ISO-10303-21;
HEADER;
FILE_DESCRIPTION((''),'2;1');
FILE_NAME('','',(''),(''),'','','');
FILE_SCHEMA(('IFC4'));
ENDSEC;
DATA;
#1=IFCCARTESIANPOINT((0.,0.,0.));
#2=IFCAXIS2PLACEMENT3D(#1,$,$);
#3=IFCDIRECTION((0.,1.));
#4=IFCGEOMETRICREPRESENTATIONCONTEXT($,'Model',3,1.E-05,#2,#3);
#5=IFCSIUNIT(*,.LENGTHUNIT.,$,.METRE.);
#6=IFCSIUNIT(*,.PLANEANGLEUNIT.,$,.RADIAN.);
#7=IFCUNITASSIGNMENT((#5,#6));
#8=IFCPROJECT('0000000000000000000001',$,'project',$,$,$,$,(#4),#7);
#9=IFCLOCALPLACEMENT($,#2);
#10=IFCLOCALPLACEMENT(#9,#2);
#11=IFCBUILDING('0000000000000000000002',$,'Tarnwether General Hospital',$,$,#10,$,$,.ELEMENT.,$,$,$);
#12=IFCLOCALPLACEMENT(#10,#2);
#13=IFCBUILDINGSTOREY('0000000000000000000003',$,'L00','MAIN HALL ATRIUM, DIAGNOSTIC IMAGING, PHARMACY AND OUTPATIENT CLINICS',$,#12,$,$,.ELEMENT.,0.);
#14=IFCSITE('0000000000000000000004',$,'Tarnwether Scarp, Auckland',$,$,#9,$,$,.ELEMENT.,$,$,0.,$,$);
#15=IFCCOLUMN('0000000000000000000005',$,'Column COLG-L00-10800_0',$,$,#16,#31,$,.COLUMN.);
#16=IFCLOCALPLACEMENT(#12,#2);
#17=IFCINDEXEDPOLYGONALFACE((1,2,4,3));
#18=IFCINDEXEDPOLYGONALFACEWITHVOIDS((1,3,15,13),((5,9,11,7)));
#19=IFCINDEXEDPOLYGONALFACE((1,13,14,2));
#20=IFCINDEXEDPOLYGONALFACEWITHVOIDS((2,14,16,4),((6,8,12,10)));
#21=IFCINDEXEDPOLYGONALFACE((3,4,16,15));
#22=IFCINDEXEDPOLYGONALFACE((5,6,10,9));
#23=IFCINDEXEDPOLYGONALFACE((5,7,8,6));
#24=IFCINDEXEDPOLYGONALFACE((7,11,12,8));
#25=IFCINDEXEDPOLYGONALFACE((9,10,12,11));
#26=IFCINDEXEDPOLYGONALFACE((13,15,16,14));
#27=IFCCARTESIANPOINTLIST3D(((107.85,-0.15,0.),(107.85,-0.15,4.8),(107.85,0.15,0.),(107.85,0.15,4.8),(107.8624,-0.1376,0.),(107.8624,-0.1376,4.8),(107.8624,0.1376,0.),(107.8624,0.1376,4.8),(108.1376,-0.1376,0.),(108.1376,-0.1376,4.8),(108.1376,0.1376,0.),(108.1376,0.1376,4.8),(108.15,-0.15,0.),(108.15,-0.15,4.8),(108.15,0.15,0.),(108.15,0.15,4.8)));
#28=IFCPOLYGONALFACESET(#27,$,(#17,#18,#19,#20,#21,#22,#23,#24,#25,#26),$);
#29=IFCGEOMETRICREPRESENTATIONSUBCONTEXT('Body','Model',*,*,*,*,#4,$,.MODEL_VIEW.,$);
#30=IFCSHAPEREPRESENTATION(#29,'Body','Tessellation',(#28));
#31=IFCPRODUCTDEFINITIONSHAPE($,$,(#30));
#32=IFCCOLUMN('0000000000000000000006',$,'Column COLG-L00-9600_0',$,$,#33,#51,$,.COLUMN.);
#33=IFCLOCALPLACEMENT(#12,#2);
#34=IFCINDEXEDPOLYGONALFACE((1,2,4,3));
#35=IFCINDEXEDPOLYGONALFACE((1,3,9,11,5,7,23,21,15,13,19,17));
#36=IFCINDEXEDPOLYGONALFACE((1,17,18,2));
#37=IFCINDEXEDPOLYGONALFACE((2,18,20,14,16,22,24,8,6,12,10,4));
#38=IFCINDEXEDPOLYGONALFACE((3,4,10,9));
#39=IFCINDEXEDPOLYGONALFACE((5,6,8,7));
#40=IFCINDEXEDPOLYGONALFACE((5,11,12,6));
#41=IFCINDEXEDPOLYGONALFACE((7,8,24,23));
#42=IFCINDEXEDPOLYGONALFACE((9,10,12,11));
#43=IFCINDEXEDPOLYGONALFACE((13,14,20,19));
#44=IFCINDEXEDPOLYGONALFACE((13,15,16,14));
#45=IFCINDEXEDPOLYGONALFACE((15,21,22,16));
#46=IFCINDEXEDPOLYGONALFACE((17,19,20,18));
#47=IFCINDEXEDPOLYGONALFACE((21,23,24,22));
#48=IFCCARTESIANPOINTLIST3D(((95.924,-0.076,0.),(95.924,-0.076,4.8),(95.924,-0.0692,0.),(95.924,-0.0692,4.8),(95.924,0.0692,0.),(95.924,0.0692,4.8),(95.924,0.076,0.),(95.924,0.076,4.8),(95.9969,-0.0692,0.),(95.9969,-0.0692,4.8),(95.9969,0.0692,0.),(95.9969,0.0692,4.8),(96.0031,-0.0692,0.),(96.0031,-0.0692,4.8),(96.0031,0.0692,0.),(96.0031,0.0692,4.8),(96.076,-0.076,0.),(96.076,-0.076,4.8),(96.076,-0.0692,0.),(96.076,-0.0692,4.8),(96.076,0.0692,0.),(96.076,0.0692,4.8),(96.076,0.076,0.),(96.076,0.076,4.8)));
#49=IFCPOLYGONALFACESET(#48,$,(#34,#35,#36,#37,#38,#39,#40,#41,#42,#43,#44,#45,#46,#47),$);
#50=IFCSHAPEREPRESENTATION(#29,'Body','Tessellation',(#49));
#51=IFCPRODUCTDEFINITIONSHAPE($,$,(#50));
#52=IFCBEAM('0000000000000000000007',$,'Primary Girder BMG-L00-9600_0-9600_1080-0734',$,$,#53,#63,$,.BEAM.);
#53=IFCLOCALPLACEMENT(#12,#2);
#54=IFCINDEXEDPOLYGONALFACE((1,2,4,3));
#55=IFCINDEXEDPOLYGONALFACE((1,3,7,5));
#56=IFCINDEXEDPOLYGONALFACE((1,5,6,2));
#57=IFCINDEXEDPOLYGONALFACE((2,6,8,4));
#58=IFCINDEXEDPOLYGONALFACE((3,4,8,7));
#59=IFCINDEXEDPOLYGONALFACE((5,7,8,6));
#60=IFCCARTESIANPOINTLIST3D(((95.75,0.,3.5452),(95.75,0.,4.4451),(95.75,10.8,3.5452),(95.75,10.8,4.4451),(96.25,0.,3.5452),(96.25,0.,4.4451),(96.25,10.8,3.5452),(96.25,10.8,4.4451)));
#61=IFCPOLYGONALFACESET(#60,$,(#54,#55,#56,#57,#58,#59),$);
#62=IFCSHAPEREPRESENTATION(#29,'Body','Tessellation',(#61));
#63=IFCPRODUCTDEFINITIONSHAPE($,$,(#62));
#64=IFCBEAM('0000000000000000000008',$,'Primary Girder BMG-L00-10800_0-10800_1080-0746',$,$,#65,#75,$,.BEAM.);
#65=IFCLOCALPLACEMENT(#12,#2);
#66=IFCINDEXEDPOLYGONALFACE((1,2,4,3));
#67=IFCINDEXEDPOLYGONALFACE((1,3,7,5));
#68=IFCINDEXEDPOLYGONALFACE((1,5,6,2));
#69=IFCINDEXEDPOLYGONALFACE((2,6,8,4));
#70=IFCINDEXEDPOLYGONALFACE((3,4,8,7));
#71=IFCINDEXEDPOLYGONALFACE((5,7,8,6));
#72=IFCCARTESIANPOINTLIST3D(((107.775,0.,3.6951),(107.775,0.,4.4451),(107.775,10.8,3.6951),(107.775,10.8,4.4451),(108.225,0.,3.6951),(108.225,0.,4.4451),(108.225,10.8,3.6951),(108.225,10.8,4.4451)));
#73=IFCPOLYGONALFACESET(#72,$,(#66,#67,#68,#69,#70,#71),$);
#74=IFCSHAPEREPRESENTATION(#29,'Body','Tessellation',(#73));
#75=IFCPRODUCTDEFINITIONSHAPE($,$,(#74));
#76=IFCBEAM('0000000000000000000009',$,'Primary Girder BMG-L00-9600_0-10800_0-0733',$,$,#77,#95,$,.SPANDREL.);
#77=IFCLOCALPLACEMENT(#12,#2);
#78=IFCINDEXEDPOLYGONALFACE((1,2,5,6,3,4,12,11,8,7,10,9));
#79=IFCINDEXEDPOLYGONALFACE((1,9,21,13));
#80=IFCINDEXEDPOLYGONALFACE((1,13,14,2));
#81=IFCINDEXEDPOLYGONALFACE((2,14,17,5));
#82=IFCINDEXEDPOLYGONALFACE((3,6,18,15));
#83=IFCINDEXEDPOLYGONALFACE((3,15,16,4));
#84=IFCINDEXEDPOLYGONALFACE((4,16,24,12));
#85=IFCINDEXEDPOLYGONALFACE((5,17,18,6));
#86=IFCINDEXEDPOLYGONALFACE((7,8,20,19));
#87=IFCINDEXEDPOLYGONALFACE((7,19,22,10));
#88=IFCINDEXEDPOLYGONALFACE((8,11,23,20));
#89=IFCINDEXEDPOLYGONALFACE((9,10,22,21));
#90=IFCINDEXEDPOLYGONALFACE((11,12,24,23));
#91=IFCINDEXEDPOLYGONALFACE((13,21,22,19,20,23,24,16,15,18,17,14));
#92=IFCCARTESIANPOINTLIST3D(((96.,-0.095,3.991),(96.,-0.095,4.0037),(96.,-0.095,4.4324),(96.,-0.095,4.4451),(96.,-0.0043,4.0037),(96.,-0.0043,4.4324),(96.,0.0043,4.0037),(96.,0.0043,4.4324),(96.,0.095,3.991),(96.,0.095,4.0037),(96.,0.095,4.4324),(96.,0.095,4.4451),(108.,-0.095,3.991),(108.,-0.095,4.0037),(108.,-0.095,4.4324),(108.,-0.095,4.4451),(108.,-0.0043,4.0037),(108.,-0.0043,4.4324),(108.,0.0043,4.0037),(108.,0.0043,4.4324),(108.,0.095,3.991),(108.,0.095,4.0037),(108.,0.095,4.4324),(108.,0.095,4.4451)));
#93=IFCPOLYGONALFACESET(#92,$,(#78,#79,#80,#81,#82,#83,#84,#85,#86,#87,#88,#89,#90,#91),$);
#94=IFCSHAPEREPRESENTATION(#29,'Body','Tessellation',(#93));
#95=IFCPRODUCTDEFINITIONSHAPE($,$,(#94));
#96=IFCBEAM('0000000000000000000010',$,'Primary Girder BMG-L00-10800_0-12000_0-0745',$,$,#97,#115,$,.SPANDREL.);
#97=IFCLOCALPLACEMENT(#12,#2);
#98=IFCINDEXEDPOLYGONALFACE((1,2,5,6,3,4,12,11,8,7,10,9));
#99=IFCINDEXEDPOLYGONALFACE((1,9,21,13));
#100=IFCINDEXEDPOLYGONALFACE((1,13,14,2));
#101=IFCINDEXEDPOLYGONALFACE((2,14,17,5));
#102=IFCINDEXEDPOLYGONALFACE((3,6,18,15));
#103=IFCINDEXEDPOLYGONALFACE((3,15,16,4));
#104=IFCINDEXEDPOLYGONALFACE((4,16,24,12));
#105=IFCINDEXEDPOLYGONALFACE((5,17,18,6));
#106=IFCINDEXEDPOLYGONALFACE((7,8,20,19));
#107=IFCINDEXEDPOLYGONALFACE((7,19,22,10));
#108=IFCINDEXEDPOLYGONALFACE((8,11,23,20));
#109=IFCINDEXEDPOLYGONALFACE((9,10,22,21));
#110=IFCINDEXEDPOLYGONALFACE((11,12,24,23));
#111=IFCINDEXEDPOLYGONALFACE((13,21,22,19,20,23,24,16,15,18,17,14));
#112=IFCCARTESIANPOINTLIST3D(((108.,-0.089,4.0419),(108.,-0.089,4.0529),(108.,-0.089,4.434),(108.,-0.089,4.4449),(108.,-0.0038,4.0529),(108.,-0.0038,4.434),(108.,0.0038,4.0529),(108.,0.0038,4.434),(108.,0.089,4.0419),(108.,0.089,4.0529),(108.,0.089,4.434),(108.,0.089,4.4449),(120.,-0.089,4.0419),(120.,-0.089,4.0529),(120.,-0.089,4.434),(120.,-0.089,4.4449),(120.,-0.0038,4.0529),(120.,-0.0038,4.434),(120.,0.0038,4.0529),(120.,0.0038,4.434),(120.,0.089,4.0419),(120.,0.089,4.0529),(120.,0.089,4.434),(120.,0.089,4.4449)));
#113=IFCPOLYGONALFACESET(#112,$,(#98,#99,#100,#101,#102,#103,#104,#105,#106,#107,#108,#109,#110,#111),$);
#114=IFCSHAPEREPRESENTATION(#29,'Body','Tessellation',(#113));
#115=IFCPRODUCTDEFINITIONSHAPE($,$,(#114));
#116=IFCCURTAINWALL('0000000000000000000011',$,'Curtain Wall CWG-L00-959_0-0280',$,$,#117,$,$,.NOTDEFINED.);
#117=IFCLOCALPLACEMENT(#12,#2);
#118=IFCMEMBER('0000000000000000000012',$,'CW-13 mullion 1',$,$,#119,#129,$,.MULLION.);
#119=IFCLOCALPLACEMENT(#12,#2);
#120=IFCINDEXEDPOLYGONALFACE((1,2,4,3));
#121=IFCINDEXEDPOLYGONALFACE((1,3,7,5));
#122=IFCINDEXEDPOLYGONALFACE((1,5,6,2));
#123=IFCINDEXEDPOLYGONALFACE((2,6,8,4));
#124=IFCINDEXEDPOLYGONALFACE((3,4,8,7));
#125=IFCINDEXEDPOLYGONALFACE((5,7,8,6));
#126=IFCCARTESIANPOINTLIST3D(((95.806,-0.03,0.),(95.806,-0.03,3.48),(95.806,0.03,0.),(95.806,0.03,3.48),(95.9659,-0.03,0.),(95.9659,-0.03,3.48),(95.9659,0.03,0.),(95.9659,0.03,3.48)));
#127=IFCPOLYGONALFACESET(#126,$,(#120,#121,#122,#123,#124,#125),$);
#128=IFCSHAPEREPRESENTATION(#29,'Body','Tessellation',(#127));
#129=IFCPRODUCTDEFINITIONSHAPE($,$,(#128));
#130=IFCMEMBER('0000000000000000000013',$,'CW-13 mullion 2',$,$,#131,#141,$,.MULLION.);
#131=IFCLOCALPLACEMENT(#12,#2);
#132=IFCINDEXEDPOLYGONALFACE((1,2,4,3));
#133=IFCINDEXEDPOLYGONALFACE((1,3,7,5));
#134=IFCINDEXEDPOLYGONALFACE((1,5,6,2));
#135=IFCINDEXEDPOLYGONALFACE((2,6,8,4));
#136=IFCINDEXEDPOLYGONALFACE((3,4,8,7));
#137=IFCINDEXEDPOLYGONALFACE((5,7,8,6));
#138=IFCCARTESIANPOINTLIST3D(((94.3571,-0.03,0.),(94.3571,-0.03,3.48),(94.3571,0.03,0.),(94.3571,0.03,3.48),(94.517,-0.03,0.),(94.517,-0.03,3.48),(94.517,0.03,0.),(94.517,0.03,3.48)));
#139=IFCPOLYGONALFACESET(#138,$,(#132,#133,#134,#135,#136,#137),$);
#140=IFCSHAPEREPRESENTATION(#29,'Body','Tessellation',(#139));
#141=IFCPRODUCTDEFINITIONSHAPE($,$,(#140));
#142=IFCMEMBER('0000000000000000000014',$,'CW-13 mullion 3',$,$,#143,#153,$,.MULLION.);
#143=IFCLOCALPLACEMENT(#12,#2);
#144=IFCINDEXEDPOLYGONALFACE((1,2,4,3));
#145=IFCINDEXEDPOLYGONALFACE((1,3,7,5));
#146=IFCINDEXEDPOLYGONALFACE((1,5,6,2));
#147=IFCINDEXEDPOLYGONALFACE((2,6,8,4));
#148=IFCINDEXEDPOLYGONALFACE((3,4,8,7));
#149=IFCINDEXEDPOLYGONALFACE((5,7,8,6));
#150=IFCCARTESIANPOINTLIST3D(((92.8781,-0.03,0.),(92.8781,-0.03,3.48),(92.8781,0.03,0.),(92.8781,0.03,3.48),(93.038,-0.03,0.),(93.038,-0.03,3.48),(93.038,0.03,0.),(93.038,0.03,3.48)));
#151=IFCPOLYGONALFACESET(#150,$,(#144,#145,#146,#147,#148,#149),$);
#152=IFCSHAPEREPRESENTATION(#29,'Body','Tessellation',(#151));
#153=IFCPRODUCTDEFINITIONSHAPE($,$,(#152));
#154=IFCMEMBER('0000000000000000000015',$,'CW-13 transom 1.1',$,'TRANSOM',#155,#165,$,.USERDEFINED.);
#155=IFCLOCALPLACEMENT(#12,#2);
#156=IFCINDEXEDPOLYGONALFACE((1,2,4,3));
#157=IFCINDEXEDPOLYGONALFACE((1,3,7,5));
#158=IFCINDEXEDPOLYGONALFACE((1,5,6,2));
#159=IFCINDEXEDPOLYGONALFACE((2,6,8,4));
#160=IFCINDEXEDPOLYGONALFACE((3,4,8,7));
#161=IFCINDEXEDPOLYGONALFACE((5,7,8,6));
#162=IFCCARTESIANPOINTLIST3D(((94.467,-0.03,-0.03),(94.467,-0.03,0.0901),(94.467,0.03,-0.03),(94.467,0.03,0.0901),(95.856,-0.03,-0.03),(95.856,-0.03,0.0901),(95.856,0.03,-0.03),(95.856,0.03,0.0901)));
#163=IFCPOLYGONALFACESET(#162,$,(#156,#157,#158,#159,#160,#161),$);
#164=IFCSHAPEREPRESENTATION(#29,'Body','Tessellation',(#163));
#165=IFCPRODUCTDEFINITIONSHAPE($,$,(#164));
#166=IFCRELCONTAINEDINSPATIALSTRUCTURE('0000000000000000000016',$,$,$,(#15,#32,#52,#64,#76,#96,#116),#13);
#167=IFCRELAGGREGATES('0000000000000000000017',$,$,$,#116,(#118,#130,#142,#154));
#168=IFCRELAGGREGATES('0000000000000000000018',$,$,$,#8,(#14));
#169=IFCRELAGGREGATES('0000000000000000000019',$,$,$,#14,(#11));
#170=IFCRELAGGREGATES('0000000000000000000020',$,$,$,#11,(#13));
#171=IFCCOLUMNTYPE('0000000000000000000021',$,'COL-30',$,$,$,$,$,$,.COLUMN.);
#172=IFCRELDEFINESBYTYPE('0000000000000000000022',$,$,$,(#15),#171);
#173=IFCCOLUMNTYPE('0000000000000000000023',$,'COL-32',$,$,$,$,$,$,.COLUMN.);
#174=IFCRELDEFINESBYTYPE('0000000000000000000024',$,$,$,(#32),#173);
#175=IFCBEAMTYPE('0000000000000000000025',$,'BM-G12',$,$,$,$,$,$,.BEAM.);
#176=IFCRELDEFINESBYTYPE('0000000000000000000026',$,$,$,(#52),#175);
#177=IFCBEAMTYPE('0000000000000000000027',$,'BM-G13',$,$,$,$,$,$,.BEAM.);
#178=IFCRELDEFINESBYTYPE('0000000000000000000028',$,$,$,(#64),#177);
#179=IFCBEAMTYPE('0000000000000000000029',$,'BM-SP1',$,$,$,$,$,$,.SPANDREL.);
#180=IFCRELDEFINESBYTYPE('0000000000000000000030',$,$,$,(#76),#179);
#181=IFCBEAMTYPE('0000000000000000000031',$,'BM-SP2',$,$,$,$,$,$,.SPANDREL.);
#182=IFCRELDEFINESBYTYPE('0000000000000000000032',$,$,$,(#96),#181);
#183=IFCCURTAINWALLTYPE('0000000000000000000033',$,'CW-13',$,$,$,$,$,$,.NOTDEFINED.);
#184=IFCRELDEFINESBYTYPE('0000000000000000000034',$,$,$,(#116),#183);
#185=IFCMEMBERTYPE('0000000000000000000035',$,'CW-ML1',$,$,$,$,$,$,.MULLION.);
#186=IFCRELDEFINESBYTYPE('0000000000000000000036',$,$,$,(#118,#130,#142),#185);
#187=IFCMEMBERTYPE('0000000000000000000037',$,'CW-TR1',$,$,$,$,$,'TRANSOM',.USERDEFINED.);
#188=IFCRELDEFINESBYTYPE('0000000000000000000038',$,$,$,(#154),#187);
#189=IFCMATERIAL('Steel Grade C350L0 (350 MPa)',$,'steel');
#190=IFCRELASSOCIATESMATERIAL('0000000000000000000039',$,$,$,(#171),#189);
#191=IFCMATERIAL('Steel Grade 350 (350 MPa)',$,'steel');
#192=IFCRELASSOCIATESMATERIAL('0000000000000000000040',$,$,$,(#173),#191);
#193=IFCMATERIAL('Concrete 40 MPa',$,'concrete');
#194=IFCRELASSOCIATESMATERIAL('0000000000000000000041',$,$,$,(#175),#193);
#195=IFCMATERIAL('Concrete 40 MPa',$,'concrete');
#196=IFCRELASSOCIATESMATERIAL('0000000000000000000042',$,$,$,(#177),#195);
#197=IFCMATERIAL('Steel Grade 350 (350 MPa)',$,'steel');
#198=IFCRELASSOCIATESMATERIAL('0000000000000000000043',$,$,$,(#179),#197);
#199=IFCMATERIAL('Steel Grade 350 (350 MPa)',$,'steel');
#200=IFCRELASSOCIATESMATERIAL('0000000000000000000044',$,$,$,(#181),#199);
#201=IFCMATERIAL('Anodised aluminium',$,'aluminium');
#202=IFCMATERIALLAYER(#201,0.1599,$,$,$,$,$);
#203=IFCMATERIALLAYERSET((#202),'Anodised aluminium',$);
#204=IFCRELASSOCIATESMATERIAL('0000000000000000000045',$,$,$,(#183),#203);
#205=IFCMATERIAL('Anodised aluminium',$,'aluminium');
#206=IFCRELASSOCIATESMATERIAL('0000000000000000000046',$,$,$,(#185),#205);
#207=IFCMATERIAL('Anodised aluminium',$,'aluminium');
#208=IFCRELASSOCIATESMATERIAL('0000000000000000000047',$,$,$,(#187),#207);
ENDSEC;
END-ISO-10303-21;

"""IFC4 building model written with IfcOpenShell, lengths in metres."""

from ifc_helpers import new_model, si_unit, direction, frame, origin, origin_2d, place, context, subcontext, project, spatial, rectangle, hollow_rectangle, i_section, extrude, material, layer, layer_set, material_profile, profile_set, type_object, element, aggregate, save


model = new_model("IFC4")

# Units and contexts
model_context = context("Model", 3, precision=1e-05, world=origin(), true_north=direction((0.0, 1.0)))
body_context = subcontext(model_context, "Body", "Model", "MODEL_VIEW")
ifc_project = project(units=[si_unit("LENGTHUNIT", "METRE"), si_unit("PLANEANGLEUNIT", "RADIAN")], contexts=[model_context])

# Site, building, storey
site_placement = place(None, origin())
site = spatial("IfcSite", under=ifc_project, at=site_placement, Name="Tarnwether Scarp, Auckland", CompositionType="ELEMENT", RefElevation=0.0)
building_placement = place(site_placement, origin())
building = spatial("IfcBuilding", under=site, at=building_placement, Name="Tarnwether General Hospital", CompositionType="ELEMENT")
storey_placement = place(building_placement, origin())
storey = spatial("IfcBuildingStorey", under=building, at=storey_placement, Name="L00", Description="MAIN HALL ATRIUM, DIAGNOSTIC IMAGING, PHARMACY AND OUTPATIENT CLINICS", CompositionType="ELEMENT", Elevation=0.0)

# Columns
ifc_material_1 = material(Name="Steel Grade C350L0 (350 MPa)", Category="steel")
ifc_material_profile_1 = material_profile(ifc_material_1, hollow_rectangle(XDim=0.3, YDim=0.3, WallThickness=0.0125, at=origin_2d()), Name="SHS300x300x12.5")
ifc_profile_set_1 = profile_set([ifc_material_profile_1], Name="Steel Grade C350L0 (350 MPa)")
column_type_1 = type_object("IfcColumnType", Name="COL-30", PredefinedType="COLUMN", material=ifc_profile_set_1)
column_1_placement = place(storey_placement, frame((108.0, 0.0, 0.0), z_axis=(0.0, 0.0, 1.0), x_axis=(0.0, 1.0, 0.0)))
element("IfcColumn", 1, at=column_1_placement, inside=storey, type_object=column_type_1, Name="Column COLG-L00-10800_0", PredefinedType="COLUMN", context=body_context, shape_type="SweptSolid", body=[
    extrude(hollow_rectangle(XDim=0.3, YDim=0.3, WallThickness=0.0125, at=origin_2d()), origin(), (0.0, 0.0, 1.0), 4.8),
])
ifc_material_2 = material(Name="Steel Grade 350 (350 MPa)", Category="steel")
ifc_material_profile_2 = material_profile(ifc_material_2, i_section(OverallWidth=0.1521, OverallDepth=0.1521, WebThickness=0.0061, FlangeThickness=0.0068, at=origin_2d()), Name="150UC23.4")
ifc_profile_set_2 = profile_set([ifc_material_profile_2], Name="Steel Grade 350 (350 MPa)")
column_type_2 = type_object("IfcColumnType", Name="COL-32", PredefinedType="COLUMN", material=ifc_profile_set_2)
column_2_placement = place(storey_placement, frame((96.0, 0.0, 0.0), z_axis=(0.0, 0.0, 1.0), x_axis=(1.0, 0.0, 0.0)))
element("IfcColumn", 2, at=column_2_placement, inside=storey, type_object=column_type_2, Name="Column COLG-L00-9600_0", PredefinedType="COLUMN", context=body_context, shape_type="SweptSolid", body=[
    extrude(i_section(OverallWidth=0.1521, OverallDepth=0.1521, WebThickness=0.0061, FlangeThickness=0.0068, at=origin_2d()), origin(), (0.0, 0.0, 1.0), 4.8),
])

# Beams
ifc_material_3 = material(Name="Concrete 40 MPa", Category="concrete")
ifc_material_profile_3 = material_profile(ifc_material_3, rectangle(XDim=0.5, YDim=0.8999, at=origin_2d()), Name="RC-BM-500x900")
ifc_profile_set_3 = profile_set([ifc_material_profile_3], Name="Concrete 40 MPa")
beam_type_1 = type_object("IfcBeamType", Name="BM-G12", PredefinedType="BEAM", material=ifc_profile_set_3)
beam_1_placement = place(storey_placement, frame((96.0, 0.0, 3.9951), z_axis=(0.0, 1.0, 0.0), x_axis=(-1.0, 0.0, 0.0)))
element("IfcBeam", 3, at=beam_1_placement, inside=storey, type_object=beam_type_1, Name="Primary Girder BMG-L00-9600_0-9600_1080-0734", PredefinedType="BEAM", context=body_context, shape_type="SweptSolid", body=[
    extrude(rectangle(XDim=0.5, YDim=0.8999, at=origin_2d()), origin(), (0.0, 0.0, 1.0), 10.8),
])
ifc_material_4 = material(Name="Concrete 40 MPa", Category="concrete")
ifc_material_profile_4 = material_profile(ifc_material_4, rectangle(XDim=0.45, YDim=0.75, at=origin_2d()), Name="RC-BM-450x750")
ifc_profile_set_4 = profile_set([ifc_material_profile_4], Name="Concrete 40 MPa")
beam_type_2 = type_object("IfcBeamType", Name="BM-G13", PredefinedType="BEAM", material=ifc_profile_set_4)
beam_2_placement = place(storey_placement, frame((108.0, 0.0, 4.0701), z_axis=(0.0, 1.0, 0.0), x_axis=(-1.0, 0.0, 0.0)))
element("IfcBeam", 4, at=beam_2_placement, inside=storey, type_object=beam_type_2, Name="Primary Girder BMG-L00-10800_0-10800_1080-0746", PredefinedType="BEAM", context=body_context, shape_type="SweptSolid", body=[
    extrude(rectangle(XDim=0.45, YDim=0.75, at=origin_2d()), origin(), (0.0, 0.0, 1.0), 10.8),
])
ifc_material_5 = material(Name="Steel Grade 350 (350 MPa)", Category="steel")
ifc_material_profile_5 = material_profile(ifc_material_5, i_section(OverallWidth=0.1899, OverallDepth=0.4541, WebThickness=0.0085, FlangeThickness=0.0127, at=origin_2d()), Name="460UB67.1")
ifc_profile_set_5 = profile_set([ifc_material_profile_5], Name="Steel Grade 350 (350 MPa)")
beam_type_3 = type_object("IfcBeamType", Name="BM-SP1", PredefinedType="SPANDREL", material=ifc_profile_set_5)
beam_3_placement = place(storey_placement, frame((96.0, 0.0, 4.218), z_axis=(1.0, 0.0, 0.0), x_axis=(0.0, 1.0, 0.0)))
element("IfcBeam", 5, at=beam_3_placement, inside=storey, type_object=beam_type_3, Name="Primary Girder BMG-L00-9600_0-10800_0-0733", PredefinedType="SPANDREL", context=body_context, shape_type="SweptSolid", body=[
    extrude(i_section(OverallWidth=0.1899, OverallDepth=0.4541, WebThickness=0.0085, FlangeThickness=0.0127, at=origin_2d()), origin(), (0.0, 0.0, 1.0), 12.0),
])
ifc_material_6 = material(Name="Steel Grade 350 (350 MPa)", Category="steel")
ifc_material_profile_6 = material_profile(ifc_material_6, i_section(OverallWidth=0.178, OverallDepth=0.4031, WebThickness=0.0076, FlangeThickness=0.011, at=origin_2d()), Name="410UB53.7")
ifc_profile_set_6 = profile_set([ifc_material_profile_6], Name="Steel Grade 350 (350 MPa)")
beam_type_4 = type_object("IfcBeamType", Name="BM-SP2", PredefinedType="SPANDREL", material=ifc_profile_set_6)
beam_4_placement = place(storey_placement, frame((108.0, 0.0, 4.2434), z_axis=(1.0, 0.0, 0.0), x_axis=(0.0, 1.0, 0.0)))
element("IfcBeam", 6, at=beam_4_placement, inside=storey, type_object=beam_type_4, Name="Primary Girder BMG-L00-10800_0-12000_0-0745", PredefinedType="SPANDREL", context=body_context, shape_type="SweptSolid", body=[
    extrude(i_section(OverallWidth=0.178, OverallDepth=0.4031, WebThickness=0.0076, FlangeThickness=0.011, at=origin_2d()), origin(), (0.0, 0.0, 1.0), 12.0),
])

# Curtain wall, members
ifc_material_7 = material(Name="Anodised aluminium", Category="aluminium")
ifc_layer_1 = layer(ifc_material_7, 0.1599)
ifc_layer_set_1 = layer_set([ifc_layer_1], Name="Anodised aluminium")
curtain_wall_type = type_object("IfcCurtainWallType", Name="CW-13", PredefinedType="NOTDEFINED", material=ifc_layer_set_1)
curtain_wall_placement = place(storey_placement, origin())
curtain_wall = element("IfcCurtainWall", 7, at=curtain_wall_placement, inside=storey, type_object=curtain_wall_type, Name="Curtain Wall CWG-L00-959_0-0280", PredefinedType="NOTDEFINED")
ifc_material_8 = material(Name="Anodised aluminium", Category="aluminium")
ifc_material_profile_7 = material_profile(ifc_material_8, rectangle(XDim=0.0601, YDim=0.1599, at=origin_2d()), Name="ALU-MUL-60x160")
ifc_profile_set_7 = profile_set([ifc_material_profile_7], Name="Anodised aluminium")
member_type_1 = type_object("IfcMemberType", Name="CW-ML1", PredefinedType="MULLION", material=ifc_profile_set_7)
member_1_placement = place(storey_placement, frame((95.886, 0.0, 0.0), z_axis=(0.0, 0.0, 1.0), x_axis=(0.0, -1.0, 0.0)))
member_1 = element("IfcMember", 8, at=member_1_placement, type_object=member_type_1, Name="CW-13 mullion 1", PredefinedType="MULLION", context=body_context, shape_type="SweptSolid", body=[
    extrude(rectangle(XDim=0.0601, YDim=0.1599, at=origin_2d()), origin(), (0.0, 0.0, 1.0), 3.48),
])
member_2_placement = place(storey_placement, frame((94.437, 0.0, 0.0), z_axis=(0.0, 0.0, 1.0), x_axis=(0.0, -1.0, 0.0)))
member_2 = element("IfcMember", 9, at=member_2_placement, type_object=member_type_1, Name="CW-13 mullion 2", PredefinedType="MULLION", context=body_context, shape_type="SweptSolid", body=[
    extrude(rectangle(XDim=0.0601, YDim=0.1599, at=origin_2d()), origin(), (0.0, 0.0, 1.0), 3.48),
])
member_3_placement = place(storey_placement, frame((92.958, 0.0, 0.0), z_axis=(0.0, 0.0, 1.0), x_axis=(0.0, -1.0, 0.0)))
member_3 = element("IfcMember", 10, at=member_3_placement, type_object=member_type_1, Name="CW-13 mullion 3", PredefinedType="MULLION", context=body_context, shape_type="SweptSolid", body=[
    extrude(rectangle(XDim=0.0601, YDim=0.1599, at=origin_2d()), origin(), (0.0, 0.0, 1.0), 3.48),
])
ifc_material_9 = material(Name="Anodised aluminium", Category="aluminium")
ifc_material_profile_8 = material_profile(ifc_material_9, rectangle(XDim=0.0601, YDim=0.1201, at=origin_2d()), Name="ALU-TRN-60x120")
ifc_profile_set_8 = profile_set([ifc_material_profile_8], Name="Anodised aluminium")
member_type_2 = type_object("IfcMemberType", Name="CW-TR1", ElementType="TRANSOM", PredefinedType="USERDEFINED", material=ifc_profile_set_8)
member_4_placement = place(storey_placement, frame((95.856, 0.0, 0.03), z_axis=(-1.0, 0.0, 0.0), x_axis=(0.0, -1.0, 0.0)))
member_4 = element("IfcMember", 11, at=member_4_placement, type_object=member_type_2, Name="CW-13 transom 1.1", ObjectType="TRANSOM", PredefinedType="USERDEFINED", context=body_context, shape_type="SweptSolid", body=[
    extrude(rectangle(XDim=0.0601, YDim=0.1201, at=origin_2d()), origin(), (0.0, 0.0, 1.0), 1.3889),
])
aggregate(curtain_wall, [member_1, member_2, member_3, member_4])

save(model, "model.ifc")
